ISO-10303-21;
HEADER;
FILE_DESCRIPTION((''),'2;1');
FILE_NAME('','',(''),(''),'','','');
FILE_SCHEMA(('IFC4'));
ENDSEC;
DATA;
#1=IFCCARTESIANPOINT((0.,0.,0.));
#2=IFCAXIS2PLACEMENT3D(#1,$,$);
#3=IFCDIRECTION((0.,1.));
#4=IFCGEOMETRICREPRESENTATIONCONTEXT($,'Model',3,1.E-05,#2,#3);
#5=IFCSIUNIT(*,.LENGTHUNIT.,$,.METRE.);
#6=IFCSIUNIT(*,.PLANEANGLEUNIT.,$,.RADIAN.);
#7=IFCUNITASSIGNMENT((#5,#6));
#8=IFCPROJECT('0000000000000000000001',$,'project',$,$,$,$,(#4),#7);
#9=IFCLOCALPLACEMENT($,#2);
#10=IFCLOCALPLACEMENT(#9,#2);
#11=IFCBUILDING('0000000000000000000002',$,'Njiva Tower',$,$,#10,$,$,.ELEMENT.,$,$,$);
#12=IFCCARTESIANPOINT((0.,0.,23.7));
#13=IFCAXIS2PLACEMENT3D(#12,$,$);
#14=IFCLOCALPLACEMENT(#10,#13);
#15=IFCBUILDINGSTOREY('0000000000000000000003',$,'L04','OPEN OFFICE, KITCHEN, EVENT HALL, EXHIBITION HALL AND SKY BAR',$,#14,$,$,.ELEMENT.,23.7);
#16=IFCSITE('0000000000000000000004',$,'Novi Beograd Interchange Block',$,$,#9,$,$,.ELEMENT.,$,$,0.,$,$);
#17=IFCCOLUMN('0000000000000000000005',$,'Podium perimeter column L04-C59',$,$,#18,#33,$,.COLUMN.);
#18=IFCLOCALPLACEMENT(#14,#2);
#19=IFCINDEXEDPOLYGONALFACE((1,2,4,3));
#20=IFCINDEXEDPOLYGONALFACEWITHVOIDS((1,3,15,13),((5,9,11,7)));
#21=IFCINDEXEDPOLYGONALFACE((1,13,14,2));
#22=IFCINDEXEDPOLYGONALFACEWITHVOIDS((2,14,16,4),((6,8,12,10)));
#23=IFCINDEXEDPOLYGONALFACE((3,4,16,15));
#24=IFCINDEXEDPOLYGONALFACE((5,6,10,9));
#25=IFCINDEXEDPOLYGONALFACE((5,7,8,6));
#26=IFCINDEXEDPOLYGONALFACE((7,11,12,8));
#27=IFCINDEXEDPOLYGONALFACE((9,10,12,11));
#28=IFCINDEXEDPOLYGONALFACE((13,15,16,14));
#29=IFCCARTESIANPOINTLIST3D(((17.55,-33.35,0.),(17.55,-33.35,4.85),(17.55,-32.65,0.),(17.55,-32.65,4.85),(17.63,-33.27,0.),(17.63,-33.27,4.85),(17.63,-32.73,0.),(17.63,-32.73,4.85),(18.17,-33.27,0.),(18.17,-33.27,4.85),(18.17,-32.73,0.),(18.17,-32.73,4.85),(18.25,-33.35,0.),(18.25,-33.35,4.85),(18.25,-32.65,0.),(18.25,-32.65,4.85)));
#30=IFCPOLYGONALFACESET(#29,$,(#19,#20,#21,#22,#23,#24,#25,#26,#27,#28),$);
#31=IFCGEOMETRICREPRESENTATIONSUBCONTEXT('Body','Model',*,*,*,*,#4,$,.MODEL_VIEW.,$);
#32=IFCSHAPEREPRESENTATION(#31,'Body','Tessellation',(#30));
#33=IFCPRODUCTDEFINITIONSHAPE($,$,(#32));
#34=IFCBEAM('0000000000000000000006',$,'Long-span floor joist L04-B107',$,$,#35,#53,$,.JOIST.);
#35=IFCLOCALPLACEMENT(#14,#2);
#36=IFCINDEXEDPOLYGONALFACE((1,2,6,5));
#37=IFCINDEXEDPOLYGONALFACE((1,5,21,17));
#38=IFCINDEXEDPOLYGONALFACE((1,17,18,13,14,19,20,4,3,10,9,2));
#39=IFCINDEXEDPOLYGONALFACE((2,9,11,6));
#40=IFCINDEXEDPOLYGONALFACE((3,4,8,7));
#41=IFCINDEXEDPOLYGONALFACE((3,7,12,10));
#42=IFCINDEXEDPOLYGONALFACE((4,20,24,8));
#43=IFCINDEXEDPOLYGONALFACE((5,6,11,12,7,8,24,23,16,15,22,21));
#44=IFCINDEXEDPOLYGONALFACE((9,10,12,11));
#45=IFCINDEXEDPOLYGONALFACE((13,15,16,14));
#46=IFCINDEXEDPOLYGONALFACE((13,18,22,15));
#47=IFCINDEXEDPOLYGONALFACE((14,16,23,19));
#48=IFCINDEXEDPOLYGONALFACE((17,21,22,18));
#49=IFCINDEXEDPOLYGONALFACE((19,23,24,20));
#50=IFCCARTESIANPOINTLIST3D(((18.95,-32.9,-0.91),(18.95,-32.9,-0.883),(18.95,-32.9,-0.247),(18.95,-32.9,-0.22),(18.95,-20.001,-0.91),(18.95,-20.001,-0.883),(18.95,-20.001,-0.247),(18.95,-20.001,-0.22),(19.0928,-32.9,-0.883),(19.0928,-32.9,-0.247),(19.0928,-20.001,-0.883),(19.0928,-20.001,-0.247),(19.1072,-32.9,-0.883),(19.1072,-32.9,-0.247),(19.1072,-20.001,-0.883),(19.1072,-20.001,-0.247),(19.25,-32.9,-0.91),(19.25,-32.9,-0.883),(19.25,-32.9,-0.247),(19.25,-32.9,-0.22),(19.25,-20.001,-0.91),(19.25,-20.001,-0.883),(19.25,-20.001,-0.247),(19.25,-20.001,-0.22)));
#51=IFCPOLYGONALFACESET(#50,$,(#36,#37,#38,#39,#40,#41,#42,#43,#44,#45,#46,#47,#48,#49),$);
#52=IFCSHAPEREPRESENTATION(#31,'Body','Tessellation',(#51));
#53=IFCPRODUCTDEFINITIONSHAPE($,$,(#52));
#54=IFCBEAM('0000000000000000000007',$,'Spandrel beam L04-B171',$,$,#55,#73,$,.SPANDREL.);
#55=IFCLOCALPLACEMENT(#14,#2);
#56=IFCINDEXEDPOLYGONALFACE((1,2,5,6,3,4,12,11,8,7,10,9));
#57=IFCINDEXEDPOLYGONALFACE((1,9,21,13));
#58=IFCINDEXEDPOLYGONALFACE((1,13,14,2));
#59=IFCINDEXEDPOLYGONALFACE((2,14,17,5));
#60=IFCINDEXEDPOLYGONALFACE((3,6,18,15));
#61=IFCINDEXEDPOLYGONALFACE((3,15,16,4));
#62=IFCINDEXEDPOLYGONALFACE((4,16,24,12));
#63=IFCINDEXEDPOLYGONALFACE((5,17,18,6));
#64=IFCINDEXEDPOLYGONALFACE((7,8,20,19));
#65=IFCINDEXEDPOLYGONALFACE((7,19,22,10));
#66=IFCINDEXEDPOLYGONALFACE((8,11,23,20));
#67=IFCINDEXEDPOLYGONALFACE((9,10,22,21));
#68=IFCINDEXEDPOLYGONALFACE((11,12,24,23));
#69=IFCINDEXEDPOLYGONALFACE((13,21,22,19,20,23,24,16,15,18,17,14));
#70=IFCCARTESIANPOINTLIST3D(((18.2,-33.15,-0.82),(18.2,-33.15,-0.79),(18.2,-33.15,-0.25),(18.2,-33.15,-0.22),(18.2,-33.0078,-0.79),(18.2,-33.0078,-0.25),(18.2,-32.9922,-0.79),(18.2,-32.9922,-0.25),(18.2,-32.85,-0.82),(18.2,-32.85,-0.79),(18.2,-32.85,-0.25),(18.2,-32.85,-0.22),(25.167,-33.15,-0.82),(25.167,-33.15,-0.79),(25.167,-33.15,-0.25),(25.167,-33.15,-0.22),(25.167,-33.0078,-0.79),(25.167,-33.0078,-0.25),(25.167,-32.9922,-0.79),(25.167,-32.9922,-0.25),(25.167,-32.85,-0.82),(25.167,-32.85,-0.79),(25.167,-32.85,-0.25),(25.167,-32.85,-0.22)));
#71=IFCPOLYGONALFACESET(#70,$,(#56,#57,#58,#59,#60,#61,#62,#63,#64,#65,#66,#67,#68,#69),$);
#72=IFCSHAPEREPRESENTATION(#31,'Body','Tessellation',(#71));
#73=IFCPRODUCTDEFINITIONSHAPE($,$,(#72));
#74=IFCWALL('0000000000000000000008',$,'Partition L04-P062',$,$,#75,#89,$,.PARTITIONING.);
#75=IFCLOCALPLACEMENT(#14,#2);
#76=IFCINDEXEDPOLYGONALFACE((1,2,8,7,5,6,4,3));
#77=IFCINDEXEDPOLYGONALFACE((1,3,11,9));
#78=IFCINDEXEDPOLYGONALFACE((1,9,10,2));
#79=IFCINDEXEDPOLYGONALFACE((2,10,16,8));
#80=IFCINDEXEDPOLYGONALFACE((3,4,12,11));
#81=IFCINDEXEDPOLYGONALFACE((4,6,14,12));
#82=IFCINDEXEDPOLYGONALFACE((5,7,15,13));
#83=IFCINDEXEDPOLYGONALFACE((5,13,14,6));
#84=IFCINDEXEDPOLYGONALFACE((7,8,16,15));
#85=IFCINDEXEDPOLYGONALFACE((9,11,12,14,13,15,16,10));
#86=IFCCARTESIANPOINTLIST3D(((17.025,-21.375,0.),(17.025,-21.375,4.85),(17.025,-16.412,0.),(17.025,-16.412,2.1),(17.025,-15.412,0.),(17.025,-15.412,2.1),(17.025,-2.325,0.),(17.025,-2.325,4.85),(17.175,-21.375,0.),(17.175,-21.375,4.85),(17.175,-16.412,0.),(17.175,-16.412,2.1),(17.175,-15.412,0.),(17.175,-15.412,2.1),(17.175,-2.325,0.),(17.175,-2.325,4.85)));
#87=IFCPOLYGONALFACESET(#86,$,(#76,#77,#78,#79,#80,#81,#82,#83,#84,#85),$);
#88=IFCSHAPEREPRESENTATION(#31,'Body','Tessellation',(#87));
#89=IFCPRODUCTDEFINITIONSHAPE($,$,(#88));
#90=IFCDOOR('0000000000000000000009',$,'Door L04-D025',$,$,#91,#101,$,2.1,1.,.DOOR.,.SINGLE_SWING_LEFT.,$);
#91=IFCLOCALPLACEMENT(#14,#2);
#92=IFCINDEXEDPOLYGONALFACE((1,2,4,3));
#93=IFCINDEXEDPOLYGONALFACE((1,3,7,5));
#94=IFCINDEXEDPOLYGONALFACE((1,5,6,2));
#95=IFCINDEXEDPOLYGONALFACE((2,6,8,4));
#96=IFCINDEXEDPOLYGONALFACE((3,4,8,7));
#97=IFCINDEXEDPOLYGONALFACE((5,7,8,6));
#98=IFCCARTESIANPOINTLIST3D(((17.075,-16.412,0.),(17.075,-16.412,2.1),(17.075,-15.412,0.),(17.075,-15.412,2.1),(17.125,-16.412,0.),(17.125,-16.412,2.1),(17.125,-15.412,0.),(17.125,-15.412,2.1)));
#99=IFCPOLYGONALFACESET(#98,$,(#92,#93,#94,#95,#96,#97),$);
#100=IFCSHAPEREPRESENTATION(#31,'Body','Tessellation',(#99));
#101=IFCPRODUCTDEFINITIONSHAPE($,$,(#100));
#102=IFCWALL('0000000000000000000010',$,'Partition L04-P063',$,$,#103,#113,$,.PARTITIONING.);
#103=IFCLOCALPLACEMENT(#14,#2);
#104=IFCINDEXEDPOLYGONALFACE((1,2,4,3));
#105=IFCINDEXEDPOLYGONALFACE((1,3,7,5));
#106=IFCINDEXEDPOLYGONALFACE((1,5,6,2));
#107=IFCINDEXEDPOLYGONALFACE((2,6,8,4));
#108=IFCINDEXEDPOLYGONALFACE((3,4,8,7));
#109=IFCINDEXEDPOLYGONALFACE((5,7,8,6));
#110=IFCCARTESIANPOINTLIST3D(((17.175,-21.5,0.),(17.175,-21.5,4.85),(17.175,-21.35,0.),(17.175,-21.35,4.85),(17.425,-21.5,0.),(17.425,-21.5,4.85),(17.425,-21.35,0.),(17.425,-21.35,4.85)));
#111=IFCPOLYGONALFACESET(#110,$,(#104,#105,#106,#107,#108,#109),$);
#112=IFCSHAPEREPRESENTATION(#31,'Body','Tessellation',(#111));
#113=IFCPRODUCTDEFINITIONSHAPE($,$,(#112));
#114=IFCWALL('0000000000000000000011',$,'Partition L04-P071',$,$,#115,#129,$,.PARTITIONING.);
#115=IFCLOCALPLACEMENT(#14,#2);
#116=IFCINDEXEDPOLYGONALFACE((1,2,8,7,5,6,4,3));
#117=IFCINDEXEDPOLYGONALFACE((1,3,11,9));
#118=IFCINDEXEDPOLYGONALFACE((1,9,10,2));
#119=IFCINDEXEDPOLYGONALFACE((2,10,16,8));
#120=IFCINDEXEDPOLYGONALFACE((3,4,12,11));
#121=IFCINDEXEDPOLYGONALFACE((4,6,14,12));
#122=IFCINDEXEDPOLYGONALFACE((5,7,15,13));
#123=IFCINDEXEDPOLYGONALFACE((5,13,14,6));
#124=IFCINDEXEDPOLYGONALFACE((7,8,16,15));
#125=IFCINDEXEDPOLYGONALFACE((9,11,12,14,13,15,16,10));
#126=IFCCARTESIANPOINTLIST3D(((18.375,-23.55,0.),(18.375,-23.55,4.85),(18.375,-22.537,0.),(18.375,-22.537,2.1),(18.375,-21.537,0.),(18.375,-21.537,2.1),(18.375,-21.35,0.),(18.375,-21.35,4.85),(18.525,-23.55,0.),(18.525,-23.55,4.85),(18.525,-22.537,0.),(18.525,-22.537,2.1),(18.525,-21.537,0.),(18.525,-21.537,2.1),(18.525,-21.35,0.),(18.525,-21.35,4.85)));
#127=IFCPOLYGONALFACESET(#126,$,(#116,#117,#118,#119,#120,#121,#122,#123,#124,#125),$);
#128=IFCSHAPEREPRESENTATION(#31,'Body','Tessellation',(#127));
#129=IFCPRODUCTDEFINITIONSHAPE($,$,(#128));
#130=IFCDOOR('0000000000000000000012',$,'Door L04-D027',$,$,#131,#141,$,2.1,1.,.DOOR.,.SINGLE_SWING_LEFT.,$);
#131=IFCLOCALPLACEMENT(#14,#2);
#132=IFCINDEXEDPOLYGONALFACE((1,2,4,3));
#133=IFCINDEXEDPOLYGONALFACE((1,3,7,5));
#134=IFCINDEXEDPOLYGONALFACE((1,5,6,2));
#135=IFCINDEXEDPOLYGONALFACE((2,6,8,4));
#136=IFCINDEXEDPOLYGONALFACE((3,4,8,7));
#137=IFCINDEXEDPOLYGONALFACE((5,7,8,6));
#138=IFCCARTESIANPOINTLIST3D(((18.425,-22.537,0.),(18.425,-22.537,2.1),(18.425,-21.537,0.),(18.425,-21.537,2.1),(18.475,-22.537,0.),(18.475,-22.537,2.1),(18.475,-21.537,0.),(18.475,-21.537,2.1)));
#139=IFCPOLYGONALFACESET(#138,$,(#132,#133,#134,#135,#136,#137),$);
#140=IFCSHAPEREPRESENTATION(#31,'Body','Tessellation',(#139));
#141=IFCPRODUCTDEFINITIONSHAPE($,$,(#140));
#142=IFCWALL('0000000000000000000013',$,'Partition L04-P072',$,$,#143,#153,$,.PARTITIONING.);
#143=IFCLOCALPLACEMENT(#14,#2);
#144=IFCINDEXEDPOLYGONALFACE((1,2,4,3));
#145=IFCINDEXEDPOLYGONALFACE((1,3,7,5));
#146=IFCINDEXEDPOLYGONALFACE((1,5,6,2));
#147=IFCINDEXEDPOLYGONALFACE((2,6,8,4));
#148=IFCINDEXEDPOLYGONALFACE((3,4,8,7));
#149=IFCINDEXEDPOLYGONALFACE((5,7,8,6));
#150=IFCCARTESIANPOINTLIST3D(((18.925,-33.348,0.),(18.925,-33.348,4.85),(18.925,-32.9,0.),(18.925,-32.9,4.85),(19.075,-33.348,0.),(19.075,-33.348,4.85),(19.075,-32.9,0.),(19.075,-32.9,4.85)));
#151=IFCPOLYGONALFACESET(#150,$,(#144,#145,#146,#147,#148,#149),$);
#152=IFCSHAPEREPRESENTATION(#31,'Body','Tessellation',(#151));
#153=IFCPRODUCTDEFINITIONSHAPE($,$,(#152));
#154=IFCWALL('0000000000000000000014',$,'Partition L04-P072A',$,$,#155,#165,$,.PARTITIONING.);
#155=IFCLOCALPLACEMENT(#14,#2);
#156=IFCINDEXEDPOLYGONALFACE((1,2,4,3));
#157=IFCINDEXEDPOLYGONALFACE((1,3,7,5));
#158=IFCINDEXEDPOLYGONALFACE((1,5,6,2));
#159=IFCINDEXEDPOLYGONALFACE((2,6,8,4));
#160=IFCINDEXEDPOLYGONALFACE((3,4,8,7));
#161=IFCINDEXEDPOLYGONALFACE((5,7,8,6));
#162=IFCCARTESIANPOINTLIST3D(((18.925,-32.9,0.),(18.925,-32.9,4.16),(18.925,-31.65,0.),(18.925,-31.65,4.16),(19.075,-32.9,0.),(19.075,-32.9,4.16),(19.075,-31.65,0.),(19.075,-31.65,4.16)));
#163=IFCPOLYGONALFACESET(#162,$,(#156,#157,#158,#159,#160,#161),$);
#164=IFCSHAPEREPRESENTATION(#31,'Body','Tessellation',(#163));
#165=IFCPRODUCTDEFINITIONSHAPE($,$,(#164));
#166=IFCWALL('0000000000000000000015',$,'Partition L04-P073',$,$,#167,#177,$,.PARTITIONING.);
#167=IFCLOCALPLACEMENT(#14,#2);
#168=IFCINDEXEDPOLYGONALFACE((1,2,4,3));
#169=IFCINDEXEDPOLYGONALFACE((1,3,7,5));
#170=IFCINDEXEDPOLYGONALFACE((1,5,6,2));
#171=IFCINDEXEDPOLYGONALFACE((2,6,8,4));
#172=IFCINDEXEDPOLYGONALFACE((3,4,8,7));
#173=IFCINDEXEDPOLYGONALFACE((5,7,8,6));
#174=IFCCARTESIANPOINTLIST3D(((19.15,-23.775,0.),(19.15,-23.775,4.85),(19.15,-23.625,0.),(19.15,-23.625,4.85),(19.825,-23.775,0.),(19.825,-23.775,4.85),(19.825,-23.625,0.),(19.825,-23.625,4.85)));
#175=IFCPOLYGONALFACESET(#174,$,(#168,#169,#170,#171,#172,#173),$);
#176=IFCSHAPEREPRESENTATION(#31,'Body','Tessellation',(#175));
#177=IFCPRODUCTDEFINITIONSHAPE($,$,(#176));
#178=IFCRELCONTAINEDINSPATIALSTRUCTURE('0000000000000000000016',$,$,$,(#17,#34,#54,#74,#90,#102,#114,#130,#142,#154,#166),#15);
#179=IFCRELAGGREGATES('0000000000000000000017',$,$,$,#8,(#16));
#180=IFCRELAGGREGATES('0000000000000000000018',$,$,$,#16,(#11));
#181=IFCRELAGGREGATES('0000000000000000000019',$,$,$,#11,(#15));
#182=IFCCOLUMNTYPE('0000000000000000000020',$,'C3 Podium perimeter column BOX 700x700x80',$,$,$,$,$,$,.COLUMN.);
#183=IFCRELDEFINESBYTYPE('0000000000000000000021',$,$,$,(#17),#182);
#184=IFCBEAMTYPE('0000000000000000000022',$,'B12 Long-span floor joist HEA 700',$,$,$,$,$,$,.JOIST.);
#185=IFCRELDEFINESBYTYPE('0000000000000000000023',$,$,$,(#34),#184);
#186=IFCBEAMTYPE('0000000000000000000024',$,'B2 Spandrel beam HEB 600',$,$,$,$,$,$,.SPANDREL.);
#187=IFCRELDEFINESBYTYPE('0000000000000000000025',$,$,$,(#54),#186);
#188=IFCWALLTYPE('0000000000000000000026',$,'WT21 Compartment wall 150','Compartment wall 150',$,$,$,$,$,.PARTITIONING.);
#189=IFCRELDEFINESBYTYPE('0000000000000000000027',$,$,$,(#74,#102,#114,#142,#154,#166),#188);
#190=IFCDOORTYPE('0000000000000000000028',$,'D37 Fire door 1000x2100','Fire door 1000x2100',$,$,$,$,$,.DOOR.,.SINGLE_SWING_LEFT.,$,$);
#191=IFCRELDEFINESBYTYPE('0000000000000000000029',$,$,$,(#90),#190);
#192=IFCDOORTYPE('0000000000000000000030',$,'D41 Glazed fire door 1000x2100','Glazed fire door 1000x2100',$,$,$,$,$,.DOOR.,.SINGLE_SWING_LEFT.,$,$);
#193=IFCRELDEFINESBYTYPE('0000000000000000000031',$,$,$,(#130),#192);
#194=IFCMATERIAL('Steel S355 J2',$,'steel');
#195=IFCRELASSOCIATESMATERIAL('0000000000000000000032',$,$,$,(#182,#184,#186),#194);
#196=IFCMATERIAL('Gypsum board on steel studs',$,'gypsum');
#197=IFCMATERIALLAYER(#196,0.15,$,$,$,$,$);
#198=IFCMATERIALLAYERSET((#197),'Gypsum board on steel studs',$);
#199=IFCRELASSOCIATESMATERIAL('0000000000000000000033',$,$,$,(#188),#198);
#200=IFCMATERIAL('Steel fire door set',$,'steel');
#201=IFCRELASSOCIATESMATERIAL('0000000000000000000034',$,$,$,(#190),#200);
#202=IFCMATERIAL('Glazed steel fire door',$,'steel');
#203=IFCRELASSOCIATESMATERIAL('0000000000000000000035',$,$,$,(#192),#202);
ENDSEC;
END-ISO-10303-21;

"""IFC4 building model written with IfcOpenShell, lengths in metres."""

from ifc_helpers import new_model, si_unit, direction, frame, frame_2d, origin, origin_2d, place, context, subcontext, project, spatial, rectangle, hollow_rectangle, i_section, extrude, material, layer, layer_set, material_profile, profile_set, type_object, element, fill, save


model = new_model("IFC4")

# Units and contexts
model_context = context("Model", 3, precision=1e-05, world=origin(), true_north=direction((0.0, 1.0)))
body_context = subcontext(model_context, "Body", "Model", "MODEL_VIEW")
ifc_project = project(units=[si_unit("LENGTHUNIT", "METRE"), si_unit("PLANEANGLEUNIT", "RADIAN")], contexts=[model_context])

# Site, building, storey
site_placement = place(None, origin())
site = spatial("IfcSite", under=ifc_project, at=site_placement, Name="Novi Beograd Interchange Block", CompositionType="ELEMENT", RefElevation=0.0)
building_placement = place(site_placement, origin())
building = spatial("IfcBuilding", under=site, at=building_placement, Name="Njiva Tower", CompositionType="ELEMENT")
storey_placement = place(building_placement, frame((0.0, 0.0, 23.7)))
storey = spatial("IfcBuildingStorey", under=building, at=storey_placement, Name="L04", Description="OPEN OFFICE, KITCHEN, EVENT HALL, EXHIBITION HALL AND SKY BAR", CompositionType="ELEMENT", Elevation=23.7)

# Column
ifc_material_1 = material(Name="Steel S355 J2", Category="steel")
ifc_material_profile_1 = material_profile(ifc_material_1, hollow_rectangle(XDim=0.7, YDim=0.7, WallThickness=0.08, at=origin_2d()), Name="BOX 700x700x80")
ifc_profile_set_1 = profile_set([ifc_material_profile_1], Name="Steel S355 J2")
column_type = type_object("IfcColumnType", Name="C3 Podium perimeter column BOX 700x700x80", PredefinedType="COLUMN", material=ifc_profile_set_1)
column_placement = place(storey_placement, frame((17.9, -33.0, 0.0), z_axis=(0.0, 0.0, 1.0), x_axis=(1.0, 0.0, 0.0)))
element("IfcColumn", 1, at=column_placement, inside=storey, type_object=column_type, Name="Podium perimeter column L04-C59", PredefinedType="COLUMN", context=body_context, shape_type="SweptSolid", body=[
    extrude(hollow_rectangle(XDim=0.7, YDim=0.7, WallThickness=0.08, at=origin_2d()), origin(), (0.0, 0.0, 1.0), 4.85),
])

# Beams
ifc_material_profile_2 = material_profile(ifc_material_1, i_section(OverallWidth=0.3, OverallDepth=0.69, WebThickness=0.0145, FlangeThickness=0.027, at=origin_2d()), Name="HEA 700")
ifc_profile_set_2 = profile_set([ifc_material_profile_2], Name="Steel S355 J2")
beam_type_1 = type_object("IfcBeamType", Name="B12 Long-span floor joist HEA 700", PredefinedType="JOIST", material=ifc_profile_set_2)
beam_1_placement = place(storey_placement, frame((19.1, -20.001, -0.565), z_axis=(0.0, -1.0, 0.0), x_axis=(1.0, 0.0, 0.0)))
element("IfcBeam", 2, at=beam_1_placement, inside=storey, type_object=beam_type_1, Name="Long-span floor joist L04-B107", PredefinedType="JOIST", context=body_context, shape_type="SweptSolid", body=[
    extrude(i_section(OverallWidth=0.3, OverallDepth=0.69, WebThickness=0.0145, FlangeThickness=0.027, at=origin_2d()), origin(), (0.0, 0.0, 1.0), 12.899),
])
ifc_material_profile_3 = material_profile(ifc_material_1, i_section(OverallWidth=0.3, OverallDepth=0.6, WebThickness=0.0155, FlangeThickness=0.03, at=origin_2d()), Name="HEB 600")
ifc_profile_set_3 = profile_set([ifc_material_profile_3], Name="Steel S355 J2")
beam_type_2 = type_object("IfcBeamType", Name="B2 Spandrel beam HEB 600", PredefinedType="SPANDREL", material=ifc_profile_set_3)
beam_2_placement = place(storey_placement, frame((18.2, -33.0, -0.52), z_axis=(1.0, 0.0, 0.0), x_axis=(0.0, 1.0, 0.0)))
element("IfcBeam", 3, at=beam_2_placement, inside=storey, type_object=beam_type_2, Name="Spandrel beam L04-B171", PredefinedType="SPANDREL", context=body_context, shape_type="SweptSolid", body=[
    extrude(i_section(OverallWidth=0.3, OverallDepth=0.6, WebThickness=0.0155, FlangeThickness=0.03, at=origin_2d()), origin(), (0.0, 0.0, 1.0), 6.967),
])

# Wall, opening, door
ifc_material_2 = material(Name="Gypsum board on steel studs", Category="gypsum")
ifc_layer_1 = layer(ifc_material_2, 0.15)
ifc_layer_set_1 = layer_set([ifc_layer_1], Name="Gypsum board on steel studs")
wall_type_1 = type_object("IfcWallType", Name="WT21 Compartment wall 150", Description="Compartment wall 150", PredefinedType="PARTITIONING", material=ifc_layer_set_1)
wall_1_placement = place(storey_placement, frame((17.1, -21.375, 0.0), z_axis=(0.0, 0.0, 1.0), x_axis=(0.0, 1.0, 0.0)))
wall_1 = element("IfcWall", 4, at=wall_1_placement, inside=storey, type_object=wall_type_1, Name="Partition L04-P062", PredefinedType="PARTITIONING", context=body_context, shape_type="SweptSolid", body=[
    extrude(rectangle(XDim=19.05, YDim=0.15, at=frame_2d((9.525, 0.0))), origin(), (0.0, 0.0, 1.0), 4.85),
])
opening_1_placement = place(wall_1_placement, frame((4.963, 0.0, 0.0)))
opening_1 = element("IfcOpeningElement", 5, at=opening_1_placement, cuts=wall_1, PredefinedType="OPENING", context=body_context, shape_type="SweptSolid", body=[
    extrude(rectangle(XDim=1.0, YDim=2.1, at=frame_2d((0.5, 1.05))), frame((0.0, 0.085, 0.0), z_axis=(0.0, -1.0, 0.0), x_axis=(1.0, 0.0, 0.0)), (0.0, 0.0, 1.0), 0.17),
])
ifc_material_3 = material(Name="Steel fire door set", Category="steel")
door_type_1 = type_object("IfcDoorType", Name="D37 Fire door 1000x2100", Description="Fire door 1000x2100", OperationType="SINGLE_SWING_LEFT", PredefinedType="DOOR", material=ifc_material_3)
door_1_placement = place(opening_1_placement, origin())
door_1 = element("IfcDoor", 6, at=door_1_placement, inside=storey, type_object=door_type_1, Name="Door L04-D025", OperationType="SINGLE_SWING_LEFT", OverallHeight=2.1, OverallWidth=1.0, PredefinedType="DOOR", context=body_context, shape_type="SweptSolid", body=[
    extrude(rectangle(XDim=1.0, YDim=2.1, at=frame_2d((0.5, 1.05))), frame((0.0, 0.025, 0.0), z_axis=(0.0, -1.0, 0.0), x_axis=(1.0, 0.0, 0.0)), (0.0, 0.0, 1.0), 0.05),
])
fill(opening_1, door_1)

# Wall
wall_2_placement = place(storey_placement, frame((17.175, -21.425, 0.0), z_axis=(0.0, 0.0, 1.0), x_axis=(1.0, 0.0, 0.0)))
element("IfcWall", 7, at=wall_2_placement, inside=storey, type_object=wall_type_1, Name="Partition L04-P063", PredefinedType="PARTITIONING", context=body_context, shape_type="SweptSolid", body=[
    extrude(rectangle(XDim=0.25, YDim=0.15, at=frame_2d((0.125, 0.0))), origin(), (0.0, 0.0, 1.0), 4.85),
])

# Wall, opening, door
wall_3_placement = place(storey_placement, frame((18.45, -23.55, 0.0), z_axis=(0.0, 0.0, 1.0), x_axis=(0.0, 1.0, 0.0)))
wall_3 = element("IfcWall", 8, at=wall_3_placement, inside=storey, type_object=wall_type_1, Name="Partition L04-P071", PredefinedType="PARTITIONING", context=body_context, shape_type="SweptSolid", body=[
    extrude(rectangle(XDim=2.2, YDim=0.15, at=frame_2d((1.1, 0.0))), origin(), (0.0, 0.0, 1.0), 4.85),
])
opening_2_placement = place(wall_3_placement, frame((1.013, 0.0, 0.0)))
opening_2 = element("IfcOpeningElement", 9, at=opening_2_placement, cuts=wall_3, PredefinedType="OPENING", context=body_context, shape_type="SweptSolid", body=[
    extrude(rectangle(XDim=1.0, YDim=2.1, at=frame_2d((0.5, 1.05))), frame((0.0, 0.085, 0.0), z_axis=(0.0, -1.0, 0.0), x_axis=(1.0, 0.0, 0.0)), (0.0, 0.0, 1.0), 0.17),
])
ifc_material_4 = material(Name="Glazed steel fire door", Category="steel")
door_type_2 = type_object("IfcDoorType", Name="D41 Glazed fire door 1000x2100", Description="Glazed fire door 1000x2100", OperationType="SINGLE_SWING_LEFT", PredefinedType="DOOR", material=ifc_material_4)
door_2_placement = place(opening_2_placement, origin())
door_2 = element("IfcDoor", 10, at=door_2_placement, inside=storey, type_object=door_type_2, Name="Door L04-D027", OperationType="SINGLE_SWING_LEFT", OverallHeight=2.1, OverallWidth=1.0, PredefinedType="DOOR", context=body_context, shape_type="SweptSolid", body=[
    extrude(rectangle(XDim=1.0, YDim=2.1, at=frame_2d((0.5, 1.05))), frame((0.0, 0.025, 0.0), z_axis=(0.0, -1.0, 0.0), x_axis=(1.0, 0.0, 0.0)), (0.0, 0.0, 1.0), 0.05),
])
fill(opening_2, door_2)

# Walls
wall_4_placement = place(storey_placement, frame((19.0, -33.348, 0.0), z_axis=(0.0, 0.0, 1.0), x_axis=(0.0, 1.0, 0.0)))
element("IfcWall", 11, at=wall_4_placement, inside=storey, type_object=wall_type_1, Name="Partition L04-P072", PredefinedType="PARTITIONING", context=body_context, shape_type="SweptSolid", body=[
    extrude(rectangle(XDim=0.448, YDim=0.15, at=frame_2d((0.224, 0.0))), origin(), (0.0, 0.0, 1.0), 4.85),
])
wall_5_placement = place(storey_placement, frame((19.0, -32.9, 0.0), z_axis=(0.0, 0.0, 1.0), x_axis=(0.0, 1.0, 0.0)))
element("IfcWall", 12, at=wall_5_placement, inside=storey, type_object=wall_type_1, Name="Partition L04-P072A", PredefinedType="PARTITIONING", context=body_context, shape_type="SweptSolid", body=[
    extrude(rectangle(XDim=1.25, YDim=0.15, at=frame_2d((0.625, 0.0))), origin(), (0.0, 0.0, 1.0), 4.16),
])
wall_6_placement = place(storey_placement, frame((19.15, -23.7, 0.0), z_axis=(0.0, 0.0, 1.0), x_axis=(1.0, 0.0, 0.0)))
element("IfcWall", 13, at=wall_6_placement, inside=storey, type_object=wall_type_1, Name="Partition L04-P073", PredefinedType="PARTITIONING", context=body_context, shape_type="SweptSolid", body=[
    extrude(rectangle(XDim=0.675, YDim=0.15, at=frame_2d((0.3375, 0.0))), origin(), (0.0, 0.0, 1.0), 4.85),
])

save(model, "model.ifc")
